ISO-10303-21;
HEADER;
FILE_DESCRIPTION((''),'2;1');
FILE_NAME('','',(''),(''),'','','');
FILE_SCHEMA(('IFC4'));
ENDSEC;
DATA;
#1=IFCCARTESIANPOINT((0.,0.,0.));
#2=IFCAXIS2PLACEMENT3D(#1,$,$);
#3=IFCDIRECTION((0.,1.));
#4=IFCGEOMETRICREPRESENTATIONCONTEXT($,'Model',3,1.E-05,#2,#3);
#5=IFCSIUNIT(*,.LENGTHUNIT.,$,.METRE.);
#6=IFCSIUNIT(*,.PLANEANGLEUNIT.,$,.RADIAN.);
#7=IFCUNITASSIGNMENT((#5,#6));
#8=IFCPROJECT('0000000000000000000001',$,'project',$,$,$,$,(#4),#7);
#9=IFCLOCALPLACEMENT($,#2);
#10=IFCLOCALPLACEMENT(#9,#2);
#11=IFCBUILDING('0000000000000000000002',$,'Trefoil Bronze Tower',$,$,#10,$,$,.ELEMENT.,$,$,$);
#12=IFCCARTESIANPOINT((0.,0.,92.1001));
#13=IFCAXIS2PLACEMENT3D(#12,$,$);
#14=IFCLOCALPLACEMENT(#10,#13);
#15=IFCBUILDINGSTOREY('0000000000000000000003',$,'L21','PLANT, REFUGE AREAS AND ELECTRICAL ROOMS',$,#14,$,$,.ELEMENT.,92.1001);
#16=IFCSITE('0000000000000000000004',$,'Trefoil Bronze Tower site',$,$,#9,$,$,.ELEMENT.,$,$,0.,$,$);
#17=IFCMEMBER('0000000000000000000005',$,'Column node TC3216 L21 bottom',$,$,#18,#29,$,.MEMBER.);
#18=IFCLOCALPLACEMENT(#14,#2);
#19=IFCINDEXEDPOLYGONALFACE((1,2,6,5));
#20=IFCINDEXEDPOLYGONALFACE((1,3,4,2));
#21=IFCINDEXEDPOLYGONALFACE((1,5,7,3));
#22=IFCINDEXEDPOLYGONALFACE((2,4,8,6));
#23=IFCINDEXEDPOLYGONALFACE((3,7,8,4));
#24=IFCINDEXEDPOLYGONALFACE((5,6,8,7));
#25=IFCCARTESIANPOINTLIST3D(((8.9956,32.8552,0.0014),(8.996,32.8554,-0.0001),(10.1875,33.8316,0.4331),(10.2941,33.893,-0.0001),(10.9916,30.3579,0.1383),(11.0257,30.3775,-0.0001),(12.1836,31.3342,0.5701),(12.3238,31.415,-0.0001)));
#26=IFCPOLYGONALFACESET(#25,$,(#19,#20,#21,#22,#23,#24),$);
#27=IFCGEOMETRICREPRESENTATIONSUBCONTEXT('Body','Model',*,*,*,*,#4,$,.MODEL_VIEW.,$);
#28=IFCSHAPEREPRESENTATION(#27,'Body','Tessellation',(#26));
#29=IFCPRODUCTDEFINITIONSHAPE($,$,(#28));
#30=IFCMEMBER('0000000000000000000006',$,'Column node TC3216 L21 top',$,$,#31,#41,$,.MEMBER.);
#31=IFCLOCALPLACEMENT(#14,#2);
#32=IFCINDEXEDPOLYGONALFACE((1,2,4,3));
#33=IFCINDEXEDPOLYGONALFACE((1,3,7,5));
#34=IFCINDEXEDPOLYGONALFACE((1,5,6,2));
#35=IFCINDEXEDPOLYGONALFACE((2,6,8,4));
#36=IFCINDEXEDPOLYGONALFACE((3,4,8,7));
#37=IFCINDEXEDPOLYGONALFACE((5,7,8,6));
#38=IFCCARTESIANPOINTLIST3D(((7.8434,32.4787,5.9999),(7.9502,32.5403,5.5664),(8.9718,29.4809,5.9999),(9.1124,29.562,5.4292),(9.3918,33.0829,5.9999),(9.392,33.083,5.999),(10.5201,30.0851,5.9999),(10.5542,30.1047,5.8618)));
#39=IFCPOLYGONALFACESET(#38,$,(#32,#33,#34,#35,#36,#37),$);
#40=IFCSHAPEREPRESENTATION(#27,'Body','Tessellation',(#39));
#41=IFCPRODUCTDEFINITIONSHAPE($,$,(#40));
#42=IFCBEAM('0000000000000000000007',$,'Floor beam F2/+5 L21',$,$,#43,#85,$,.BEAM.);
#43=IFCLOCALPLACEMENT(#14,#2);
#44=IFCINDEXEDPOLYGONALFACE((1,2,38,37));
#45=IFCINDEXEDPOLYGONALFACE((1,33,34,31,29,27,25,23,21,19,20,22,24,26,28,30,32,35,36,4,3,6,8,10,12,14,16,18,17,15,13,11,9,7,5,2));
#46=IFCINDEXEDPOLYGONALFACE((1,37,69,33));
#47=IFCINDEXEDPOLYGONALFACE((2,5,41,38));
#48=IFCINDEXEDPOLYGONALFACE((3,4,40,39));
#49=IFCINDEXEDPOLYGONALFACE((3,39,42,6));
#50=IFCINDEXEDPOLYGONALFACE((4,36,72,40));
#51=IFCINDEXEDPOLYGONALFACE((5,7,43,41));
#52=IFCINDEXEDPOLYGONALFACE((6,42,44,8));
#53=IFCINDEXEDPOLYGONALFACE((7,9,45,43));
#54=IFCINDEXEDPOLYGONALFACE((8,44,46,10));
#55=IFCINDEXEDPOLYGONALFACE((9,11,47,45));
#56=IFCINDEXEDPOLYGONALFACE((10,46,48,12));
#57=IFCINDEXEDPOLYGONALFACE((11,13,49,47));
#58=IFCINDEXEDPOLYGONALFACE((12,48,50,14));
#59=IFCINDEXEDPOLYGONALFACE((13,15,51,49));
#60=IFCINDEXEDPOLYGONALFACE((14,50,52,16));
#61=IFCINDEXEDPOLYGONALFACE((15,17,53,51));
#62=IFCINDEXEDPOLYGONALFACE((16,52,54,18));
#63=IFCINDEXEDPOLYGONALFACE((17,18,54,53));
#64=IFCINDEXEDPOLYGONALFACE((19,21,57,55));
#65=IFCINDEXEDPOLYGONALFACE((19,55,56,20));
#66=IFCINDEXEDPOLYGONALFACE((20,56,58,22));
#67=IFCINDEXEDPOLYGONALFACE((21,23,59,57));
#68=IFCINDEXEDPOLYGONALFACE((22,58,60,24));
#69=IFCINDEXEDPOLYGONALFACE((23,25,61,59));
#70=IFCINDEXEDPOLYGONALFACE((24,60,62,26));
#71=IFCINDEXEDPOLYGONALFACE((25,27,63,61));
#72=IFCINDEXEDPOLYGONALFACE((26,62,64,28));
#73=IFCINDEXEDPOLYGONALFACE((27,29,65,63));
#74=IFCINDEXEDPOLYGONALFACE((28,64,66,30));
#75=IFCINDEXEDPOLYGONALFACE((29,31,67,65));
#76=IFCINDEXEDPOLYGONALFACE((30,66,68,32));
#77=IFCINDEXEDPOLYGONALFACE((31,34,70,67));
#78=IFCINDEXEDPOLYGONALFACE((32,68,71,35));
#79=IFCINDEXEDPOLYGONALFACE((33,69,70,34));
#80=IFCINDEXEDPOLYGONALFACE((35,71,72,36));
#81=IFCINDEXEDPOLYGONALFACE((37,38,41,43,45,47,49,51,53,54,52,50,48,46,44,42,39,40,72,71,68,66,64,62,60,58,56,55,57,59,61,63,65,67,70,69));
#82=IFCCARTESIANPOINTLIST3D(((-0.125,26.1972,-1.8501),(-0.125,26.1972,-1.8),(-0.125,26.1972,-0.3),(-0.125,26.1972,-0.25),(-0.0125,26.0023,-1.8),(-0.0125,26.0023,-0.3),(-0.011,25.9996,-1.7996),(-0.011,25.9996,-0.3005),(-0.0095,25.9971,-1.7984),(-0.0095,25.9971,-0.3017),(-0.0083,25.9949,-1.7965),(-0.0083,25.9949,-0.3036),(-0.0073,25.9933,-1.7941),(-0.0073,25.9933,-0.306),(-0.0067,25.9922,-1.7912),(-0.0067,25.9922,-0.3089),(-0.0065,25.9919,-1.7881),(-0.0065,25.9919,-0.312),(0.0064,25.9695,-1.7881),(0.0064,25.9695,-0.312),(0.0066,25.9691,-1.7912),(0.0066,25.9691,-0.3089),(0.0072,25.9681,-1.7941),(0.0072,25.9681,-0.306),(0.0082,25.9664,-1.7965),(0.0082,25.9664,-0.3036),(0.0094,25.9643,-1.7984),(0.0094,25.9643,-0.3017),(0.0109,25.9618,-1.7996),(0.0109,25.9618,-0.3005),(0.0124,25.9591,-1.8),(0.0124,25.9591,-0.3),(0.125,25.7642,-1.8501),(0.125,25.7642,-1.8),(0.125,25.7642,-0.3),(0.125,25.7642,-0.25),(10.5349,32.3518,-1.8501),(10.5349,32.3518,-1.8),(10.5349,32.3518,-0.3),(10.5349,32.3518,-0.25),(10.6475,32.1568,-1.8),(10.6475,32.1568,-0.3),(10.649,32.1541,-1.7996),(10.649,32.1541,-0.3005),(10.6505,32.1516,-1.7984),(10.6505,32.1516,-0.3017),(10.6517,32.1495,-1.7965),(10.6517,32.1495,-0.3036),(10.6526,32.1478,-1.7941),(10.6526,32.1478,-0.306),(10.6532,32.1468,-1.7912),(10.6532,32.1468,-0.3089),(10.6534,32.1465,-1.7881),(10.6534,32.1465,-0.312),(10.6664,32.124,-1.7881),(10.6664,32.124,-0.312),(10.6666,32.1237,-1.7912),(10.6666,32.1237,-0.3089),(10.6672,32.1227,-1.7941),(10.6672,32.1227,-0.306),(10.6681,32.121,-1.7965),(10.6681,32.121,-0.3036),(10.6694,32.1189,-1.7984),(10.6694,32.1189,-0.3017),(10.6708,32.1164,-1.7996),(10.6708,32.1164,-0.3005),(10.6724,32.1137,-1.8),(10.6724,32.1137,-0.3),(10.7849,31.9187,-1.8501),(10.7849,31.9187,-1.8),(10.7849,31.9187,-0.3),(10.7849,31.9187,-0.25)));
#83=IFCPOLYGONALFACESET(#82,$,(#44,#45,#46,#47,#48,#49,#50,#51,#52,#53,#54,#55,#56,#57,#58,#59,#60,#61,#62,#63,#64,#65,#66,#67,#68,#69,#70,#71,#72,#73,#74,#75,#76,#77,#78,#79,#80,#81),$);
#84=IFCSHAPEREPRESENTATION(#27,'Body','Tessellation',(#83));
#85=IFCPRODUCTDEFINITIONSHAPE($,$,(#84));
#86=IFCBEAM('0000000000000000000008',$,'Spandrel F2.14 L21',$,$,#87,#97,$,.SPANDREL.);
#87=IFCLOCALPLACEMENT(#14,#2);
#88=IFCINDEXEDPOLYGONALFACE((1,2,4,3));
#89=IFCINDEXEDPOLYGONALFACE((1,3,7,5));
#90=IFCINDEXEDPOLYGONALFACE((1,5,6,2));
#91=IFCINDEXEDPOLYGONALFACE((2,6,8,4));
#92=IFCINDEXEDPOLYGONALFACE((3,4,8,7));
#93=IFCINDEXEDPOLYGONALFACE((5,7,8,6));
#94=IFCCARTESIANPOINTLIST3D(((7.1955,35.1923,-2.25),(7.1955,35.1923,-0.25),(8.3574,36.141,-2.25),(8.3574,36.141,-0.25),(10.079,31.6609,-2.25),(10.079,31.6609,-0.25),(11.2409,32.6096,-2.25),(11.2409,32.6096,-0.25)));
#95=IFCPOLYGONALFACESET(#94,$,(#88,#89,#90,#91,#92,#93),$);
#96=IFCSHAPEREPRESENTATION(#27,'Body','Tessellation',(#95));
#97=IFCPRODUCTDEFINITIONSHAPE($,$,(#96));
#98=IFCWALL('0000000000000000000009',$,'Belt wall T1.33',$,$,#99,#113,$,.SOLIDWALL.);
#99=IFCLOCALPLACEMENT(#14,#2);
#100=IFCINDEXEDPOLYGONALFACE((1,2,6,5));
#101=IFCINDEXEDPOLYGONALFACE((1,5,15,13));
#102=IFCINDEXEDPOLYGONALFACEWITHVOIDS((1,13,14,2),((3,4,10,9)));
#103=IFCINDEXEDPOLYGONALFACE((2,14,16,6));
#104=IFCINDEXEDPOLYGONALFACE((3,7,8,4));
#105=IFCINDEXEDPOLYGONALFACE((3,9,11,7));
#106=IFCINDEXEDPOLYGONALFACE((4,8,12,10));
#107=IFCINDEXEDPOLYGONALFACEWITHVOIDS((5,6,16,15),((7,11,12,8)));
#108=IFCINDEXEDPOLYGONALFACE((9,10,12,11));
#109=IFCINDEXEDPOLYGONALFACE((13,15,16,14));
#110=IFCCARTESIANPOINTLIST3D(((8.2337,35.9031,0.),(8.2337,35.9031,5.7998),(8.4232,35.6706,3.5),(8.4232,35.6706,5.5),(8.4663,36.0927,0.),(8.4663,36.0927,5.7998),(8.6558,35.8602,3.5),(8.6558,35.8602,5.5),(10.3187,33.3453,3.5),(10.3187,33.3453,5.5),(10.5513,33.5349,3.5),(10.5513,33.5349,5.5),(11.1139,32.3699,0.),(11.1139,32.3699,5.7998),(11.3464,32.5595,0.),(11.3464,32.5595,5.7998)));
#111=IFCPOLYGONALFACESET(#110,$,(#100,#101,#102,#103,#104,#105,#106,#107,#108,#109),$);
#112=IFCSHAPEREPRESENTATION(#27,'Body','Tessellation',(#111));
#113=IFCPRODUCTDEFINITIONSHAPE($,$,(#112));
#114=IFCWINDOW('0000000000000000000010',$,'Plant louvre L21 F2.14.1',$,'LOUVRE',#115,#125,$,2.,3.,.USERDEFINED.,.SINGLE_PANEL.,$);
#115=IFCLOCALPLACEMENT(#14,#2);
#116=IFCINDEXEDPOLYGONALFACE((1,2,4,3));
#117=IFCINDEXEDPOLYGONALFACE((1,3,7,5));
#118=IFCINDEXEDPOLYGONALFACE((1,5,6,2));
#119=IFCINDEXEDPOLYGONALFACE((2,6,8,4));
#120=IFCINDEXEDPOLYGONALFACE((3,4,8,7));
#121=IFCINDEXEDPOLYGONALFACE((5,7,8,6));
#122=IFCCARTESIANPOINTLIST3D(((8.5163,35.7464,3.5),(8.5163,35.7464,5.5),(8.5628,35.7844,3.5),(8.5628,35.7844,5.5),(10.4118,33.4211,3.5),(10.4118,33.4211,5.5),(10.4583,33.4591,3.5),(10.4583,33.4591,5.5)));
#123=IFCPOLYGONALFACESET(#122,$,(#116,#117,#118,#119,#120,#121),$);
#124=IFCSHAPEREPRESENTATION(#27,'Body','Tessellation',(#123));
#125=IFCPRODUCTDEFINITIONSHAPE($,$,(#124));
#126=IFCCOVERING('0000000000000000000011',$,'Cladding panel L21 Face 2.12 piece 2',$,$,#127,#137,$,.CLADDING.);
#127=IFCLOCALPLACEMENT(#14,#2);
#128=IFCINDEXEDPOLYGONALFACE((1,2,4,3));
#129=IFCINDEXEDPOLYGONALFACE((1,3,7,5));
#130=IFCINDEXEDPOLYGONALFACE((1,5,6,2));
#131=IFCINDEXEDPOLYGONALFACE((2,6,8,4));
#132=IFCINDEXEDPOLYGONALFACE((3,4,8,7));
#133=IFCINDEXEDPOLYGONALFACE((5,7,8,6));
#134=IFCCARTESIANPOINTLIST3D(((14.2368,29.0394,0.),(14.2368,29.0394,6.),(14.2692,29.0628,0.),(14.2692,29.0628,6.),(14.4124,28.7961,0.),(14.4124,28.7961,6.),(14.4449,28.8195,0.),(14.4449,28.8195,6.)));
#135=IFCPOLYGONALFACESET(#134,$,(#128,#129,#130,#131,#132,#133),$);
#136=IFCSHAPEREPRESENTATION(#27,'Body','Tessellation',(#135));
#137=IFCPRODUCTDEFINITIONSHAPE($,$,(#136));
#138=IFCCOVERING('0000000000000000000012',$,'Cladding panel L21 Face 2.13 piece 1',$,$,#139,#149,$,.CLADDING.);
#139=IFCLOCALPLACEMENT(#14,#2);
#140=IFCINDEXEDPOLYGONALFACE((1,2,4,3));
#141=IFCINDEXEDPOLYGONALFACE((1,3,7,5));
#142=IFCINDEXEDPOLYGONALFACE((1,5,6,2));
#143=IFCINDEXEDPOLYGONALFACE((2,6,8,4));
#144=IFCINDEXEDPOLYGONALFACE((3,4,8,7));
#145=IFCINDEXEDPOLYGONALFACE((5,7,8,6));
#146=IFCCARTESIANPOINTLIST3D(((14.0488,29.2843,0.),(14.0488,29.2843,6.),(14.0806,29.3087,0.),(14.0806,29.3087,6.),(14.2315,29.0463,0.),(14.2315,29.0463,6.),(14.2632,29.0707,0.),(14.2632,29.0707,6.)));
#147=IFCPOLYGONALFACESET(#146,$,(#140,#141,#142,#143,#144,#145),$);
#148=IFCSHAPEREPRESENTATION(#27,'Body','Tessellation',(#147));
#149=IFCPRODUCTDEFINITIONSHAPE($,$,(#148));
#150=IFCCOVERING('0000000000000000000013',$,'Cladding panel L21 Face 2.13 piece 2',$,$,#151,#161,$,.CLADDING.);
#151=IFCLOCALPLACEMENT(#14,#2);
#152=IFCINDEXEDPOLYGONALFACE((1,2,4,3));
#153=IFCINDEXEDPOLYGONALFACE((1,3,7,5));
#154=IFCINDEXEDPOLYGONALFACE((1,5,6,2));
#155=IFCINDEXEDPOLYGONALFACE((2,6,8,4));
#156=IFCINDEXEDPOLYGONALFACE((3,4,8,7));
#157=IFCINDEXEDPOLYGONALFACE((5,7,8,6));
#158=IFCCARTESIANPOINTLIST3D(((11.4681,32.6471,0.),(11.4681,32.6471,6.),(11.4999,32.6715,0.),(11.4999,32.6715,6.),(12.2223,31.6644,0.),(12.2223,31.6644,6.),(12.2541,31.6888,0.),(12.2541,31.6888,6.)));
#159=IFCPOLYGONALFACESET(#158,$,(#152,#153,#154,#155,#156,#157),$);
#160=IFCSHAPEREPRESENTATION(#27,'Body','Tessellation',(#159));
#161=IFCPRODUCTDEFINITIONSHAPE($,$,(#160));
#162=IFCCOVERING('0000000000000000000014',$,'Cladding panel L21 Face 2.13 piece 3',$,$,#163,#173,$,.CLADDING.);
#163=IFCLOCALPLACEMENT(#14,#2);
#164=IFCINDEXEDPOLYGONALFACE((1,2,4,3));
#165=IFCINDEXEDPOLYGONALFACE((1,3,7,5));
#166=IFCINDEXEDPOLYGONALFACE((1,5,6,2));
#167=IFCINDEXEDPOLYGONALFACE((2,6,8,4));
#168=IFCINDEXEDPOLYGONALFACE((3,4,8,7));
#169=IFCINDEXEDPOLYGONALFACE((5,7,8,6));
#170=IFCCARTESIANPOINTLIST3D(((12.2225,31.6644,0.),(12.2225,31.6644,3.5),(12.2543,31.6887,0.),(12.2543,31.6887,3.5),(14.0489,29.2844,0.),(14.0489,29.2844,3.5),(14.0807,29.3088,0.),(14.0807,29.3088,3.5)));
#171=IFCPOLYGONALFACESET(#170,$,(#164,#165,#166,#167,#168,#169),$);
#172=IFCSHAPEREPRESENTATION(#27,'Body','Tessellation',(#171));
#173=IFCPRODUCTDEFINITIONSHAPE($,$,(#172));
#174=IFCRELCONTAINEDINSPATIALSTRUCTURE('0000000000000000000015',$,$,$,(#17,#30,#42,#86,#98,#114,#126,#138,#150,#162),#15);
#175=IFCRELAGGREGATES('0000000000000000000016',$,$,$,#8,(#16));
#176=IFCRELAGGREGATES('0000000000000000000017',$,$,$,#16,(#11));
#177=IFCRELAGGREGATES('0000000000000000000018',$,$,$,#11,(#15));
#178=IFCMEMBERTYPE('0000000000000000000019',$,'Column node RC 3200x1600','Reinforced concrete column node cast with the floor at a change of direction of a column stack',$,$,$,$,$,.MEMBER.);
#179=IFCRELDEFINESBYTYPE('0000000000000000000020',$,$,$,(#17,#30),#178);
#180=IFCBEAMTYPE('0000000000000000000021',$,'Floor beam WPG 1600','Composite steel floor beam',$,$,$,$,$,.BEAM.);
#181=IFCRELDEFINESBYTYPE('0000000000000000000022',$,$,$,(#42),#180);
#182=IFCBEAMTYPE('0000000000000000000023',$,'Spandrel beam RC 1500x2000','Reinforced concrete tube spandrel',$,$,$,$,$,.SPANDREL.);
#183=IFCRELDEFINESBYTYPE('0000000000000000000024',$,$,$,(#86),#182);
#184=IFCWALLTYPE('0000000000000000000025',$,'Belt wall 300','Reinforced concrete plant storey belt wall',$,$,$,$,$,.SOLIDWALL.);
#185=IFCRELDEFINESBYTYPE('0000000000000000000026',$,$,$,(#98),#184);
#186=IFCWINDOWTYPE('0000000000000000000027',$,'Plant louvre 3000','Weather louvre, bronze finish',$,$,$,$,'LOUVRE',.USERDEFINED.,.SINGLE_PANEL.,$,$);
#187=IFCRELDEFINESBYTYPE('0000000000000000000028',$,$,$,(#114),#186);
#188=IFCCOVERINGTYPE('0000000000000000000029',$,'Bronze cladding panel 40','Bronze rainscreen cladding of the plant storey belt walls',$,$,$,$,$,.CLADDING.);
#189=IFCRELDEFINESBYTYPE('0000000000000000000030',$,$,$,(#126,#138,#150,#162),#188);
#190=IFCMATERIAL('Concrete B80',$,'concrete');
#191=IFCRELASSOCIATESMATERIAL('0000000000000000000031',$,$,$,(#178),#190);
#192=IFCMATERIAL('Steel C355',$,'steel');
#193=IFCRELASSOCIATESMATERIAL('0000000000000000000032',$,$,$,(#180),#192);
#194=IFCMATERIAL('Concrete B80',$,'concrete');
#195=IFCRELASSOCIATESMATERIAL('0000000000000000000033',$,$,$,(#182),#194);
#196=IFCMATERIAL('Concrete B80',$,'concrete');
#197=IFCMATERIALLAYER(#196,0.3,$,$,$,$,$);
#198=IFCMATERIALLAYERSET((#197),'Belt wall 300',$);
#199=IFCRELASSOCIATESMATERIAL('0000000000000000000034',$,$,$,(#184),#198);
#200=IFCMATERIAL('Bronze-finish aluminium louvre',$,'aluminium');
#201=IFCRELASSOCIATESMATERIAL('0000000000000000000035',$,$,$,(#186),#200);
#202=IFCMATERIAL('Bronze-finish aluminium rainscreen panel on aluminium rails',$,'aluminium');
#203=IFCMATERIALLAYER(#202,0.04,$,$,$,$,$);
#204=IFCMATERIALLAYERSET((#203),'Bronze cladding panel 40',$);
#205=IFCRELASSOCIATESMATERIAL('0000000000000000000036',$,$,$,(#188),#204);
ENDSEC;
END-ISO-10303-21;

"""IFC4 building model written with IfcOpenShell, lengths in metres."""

from ifc_helpers import new_model, si_unit, direction, frame, frame_2d, origin, origin_2d, place, context, subcontext, project, spatial, rectangle, i_section, extrude, clip, halfspace, material, layer, layer_set, material_profile, profile_set, type_object, element, fill, save


model = new_model("IFC4")

# Units and contexts
model_context = context("Model", 3, precision=1e-05, world=origin(), true_north=direction((0.0, 1.0)))
body_context = subcontext(model_context, "Body", "Model", "MODEL_VIEW")
ifc_project = project(units=[si_unit("LENGTHUNIT", "METRE"), si_unit("PLANEANGLEUNIT", "RADIAN")], contexts=[model_context])

# Site, building, storey
site_placement = place(None, origin())
site = spatial("IfcSite", under=ifc_project, at=site_placement, Name="Trefoil Bronze Tower site", CompositionType="ELEMENT", RefElevation=0.0)
building_placement = place(site_placement, origin())
building = spatial("IfcBuilding", under=site, at=building_placement, Name="Trefoil Bronze Tower", CompositionType="ELEMENT")
storey_placement = place(building_placement, frame((0.0, 0.0, 92.1001)))
storey = spatial("IfcBuildingStorey", under=building, at=storey_placement, Name="L21", Description="PLANT, REFUGE AREAS AND ELECTRICAL ROOMS", CompositionType="ELEMENT", Elevation=92.1001)

# Members
ifc_material_1 = material(Name="Concrete B80", Category="concrete")
ifc_material_profile_1 = material_profile(ifc_material_1, rectangle(XDim=3.2, YDim=1.6001, at=origin_2d()), Name="RC 3200x1600")
ifc_profile_set_1 = profile_set([ifc_material_profile_1], Name="Concrete B80")
member_type = type_object("IfcMemberType", Name="Column node RC 3200x1600", Description="Reinforced concrete column node cast with the floor at a change of direction of a column stack", PredefinedType="MEMBER", material=ifc_profile_set_1)
member_1_placement = place(storey_placement, frame((10.7302, 32.1758, -0.2859), z_axis=(-0.236689, -0.136425, 0.96196), x_axis=(-0.623765, 0.78044, -0.042795)))
element("IfcMember", 1, at=member_1_placement, inside=storey, type_object=member_type, Name="Column node TC3216 L21 bottom", PredefinedType="MEMBER", context=body_context, shape_type="Clipping", body=[
    clip(extrude(rectangle(XDim=3.2, YDim=1.6001, at=origin_2d()), origin(), (0.0, 0.0, 1.0), 0.5942), halfspace(frame((0.0, 0.0, 0.2971), z_axis=(-0.042795, -0.269818, 0.96196), x_axis=(0.0, 0.962842, 0.270066)), True)),
])
member_2_placement = place(storey_placement, frame((9.1113, 31.2412, 6.2856), z_axis=(0.237063, 0.136815, -0.961812), x_axis=(0.363188, -0.930729, -0.042876)))
element("IfcMember", 2, at=member_2_placement, inside=storey, type_object=member_type, Name="Column node TC3216 L21 top", PredefinedType="MEMBER", context=body_context, shape_type="Clipping", body=[
    clip(extrude(rectangle(XDim=3.2, YDim=1.6001, at=origin_2d()), origin(), (0.0, 0.0, 1.0), 0.5942), halfspace(frame((0.0, 0.0, 0.2971), z_axis=(0.042876, 0.270331, 0.961812), x_axis=(0.0, 0.962697, -0.27058)), True)),
])

# Beams
ifc_material_2 = material(Name="Steel C355", Category="steel")
ifc_material_profile_2 = material_profile(ifc_material_2, i_section(OverallWidth=0.5, OverallDepth=1.6001, WebThickness=0.0259, FlangeThickness=0.05, FilletRadius=0.012, at=origin_2d()), Name="WPG 1600")
ifc_profile_set_2 = profile_set([ifc_material_profile_2], Name="Steel C355")
beam_type_1 = type_object("IfcBeamType", Name="Floor beam WPG 1600", Description="Composite steel floor beam", PredefinedType="BEAM", material=ifc_profile_set_2)
beam_1_placement = place(storey_placement, frame((10.6599, 32.1353, -1.05), z_axis=(-0.866024, -0.500002, 0.0), x_axis=(0.500002, -0.866024, 0.0)))
element("IfcBeam", 3, at=beam_1_placement, inside=storey, type_object=beam_type_1, Name="Floor beam F2/+5 L21", PredefinedType="BEAM", context=body_context, shape_type="SweptSolid", body=[
    extrude(i_section(OverallWidth=0.5, OverallDepth=1.6001, WebThickness=0.0259, FlangeThickness=0.05, FilletRadius=0.012, at=origin_2d()), origin(), (0.0, 0.0, 1.0), 12.3091),
])
ifc_material_3 = material(Name="Concrete B80", Category="concrete")
ifc_material_profile_3 = material_profile(ifc_material_3, rectangle(XDim=1.5, YDim=2.0, at=origin_2d()), Name="RC 1500x2000")
ifc_profile_set_3 = profile_set([ifc_material_profile_3], Name="Concrete B80")
beam_type_2 = type_object("IfcBeamType", Name="Spandrel beam RC 1500x2000", Description="Reinforced concrete tube spandrel", PredefinedType="SPANDREL", material=ifc_profile_set_3)
beam_2_placement = place(storey_placement, frame((10.6599, 32.1353, -1.25), z_axis=(-0.632468, 0.774587, 0.0), x_axis=(-0.774587, -0.632468, 0.0)))
element("IfcBeam", 4, at=beam_2_placement, inside=storey, type_object=beam_type_2, Name="Spandrel F2.14 L21", PredefinedType="SPANDREL", context=body_context, shape_type="SweptSolid", body=[
    extrude(rectangle(XDim=1.5, YDim=2.0, at=origin_2d()), origin(), (0.0, 0.0, 1.0), 4.5591),
])

# Wall, opening, window
ifc_material_4 = material(Name="Concrete B80", Category="concrete")
ifc_layer_1 = layer(ifc_material_4, 0.3)
ifc_layer_set_1 = layer_set([ifc_layer_1], Name="Belt wall 300")
wall_type = type_object("IfcWallType", Name="Belt wall 300", Description="Reinforced concrete plant storey belt wall", PredefinedType="SOLIDWALL", material=ifc_layer_set_1)
wall_placement = place(storey_placement, frame((11.2302, 32.4646, 0.0), z_axis=(0.0, 0.0, 1.0), x_axis=(-0.631834, 0.775104, 0.0)))
wall = element("IfcWall", 5, at=wall_placement, inside=storey, type_object=wall_type, Name="Belt wall T1.33", PredefinedType="SOLIDWALL", context=body_context, shape_type="SweptSolid", body=[
    extrude(rectangle(XDim=4.5583, YDim=0.3, at=frame_2d((2.2793, 0.0))), origin(), (0.0, 0.0, 1.0), 5.7998),
])
opening_placement = place(wall_placement, frame((1.2585, 0.0, 3.5)))
opening = element("IfcOpeningElement", 6, at=opening_placement, cuts=wall, PredefinedType="OPENING", context=body_context, shape_type="SweptSolid", body=[
    extrude(rectangle(XDim=3.0, YDim=2.0, at=frame_2d((1.5, 1.0))), frame((0.0, 0.1599, 0.0), z_axis=(0.0, -1.0, 0.0), x_axis=(1.0, 0.0, 0.0)), (0.0, 0.0, 1.0), 0.3201),
])
ifc_material_5 = material(Name="Bronze-finish aluminium louvre", Category="aluminium")
window_type = type_object("IfcWindowType", Name="Plant louvre 3000", Description="Weather louvre, bronze finish", ElementType="LOUVRE", PartitioningType="SINGLE_PANEL", PredefinedType="USERDEFINED", material=ifc_material_5)
window_placement = place(opening_placement, origin())
window = element("IfcWindow", 7, at=window_placement, inside=storey, type_object=window_type, Name="Plant louvre L21 F2.14.1", ObjectType="LOUVRE", OverallHeight=2.0, OverallWidth=3.0, PartitioningType="SINGLE_PANEL", PredefinedType="USERDEFINED", context=body_context, shape_type="SweptSolid", body=[
    extrude(rectangle(XDim=3.0, YDim=2.0, at=frame_2d((1.5, 1.0))), frame((0.0, 0.03, 0.0), z_axis=(0.0, -1.0, 0.0), x_axis=(1.0, 0.0, 0.0)), (0.0, 0.0, 1.0), 0.0601),
])
fill(opening, window)

# Coverings
ifc_material_6 = material(Name="Bronze-finish aluminium rainscreen panel on aluminium rails", Category="aluminium")
ifc_layer_2 = layer(ifc_material_6, 0.04)
ifc_layer_set_2 = layer_set([ifc_layer_2], Name="Bronze cladding panel 40")
covering_type_1 = type_object("IfcCoveringType", Name="Bronze cladding panel 40", Description="Bronze rainscreen cladding of the plant storey belt walls", PredefinedType="CLADDING", material=ifc_layer_set_2)
for number, where, z_axis, x_axis, name in (
    (8, (14.3408, 28.9294, 0.0), (0.0, 0.0, 1.0), (-0.585373, 0.810764, 0.0), "Cladding panel L21 Face 2.12 piece 2"),
    (9, (14.156, 29.1775, 0.0), (0.0, 0.0, 1.0), (-0.608808, 0.793318, 0.0), "Cladding panel L21 Face 2.13 piece 1"),
):
    element("IfcCovering", number, at=place(storey_placement, frame(where, z_axis=z_axis, x_axis=x_axis)), inside=storey, type_object=covering_type_1, Name=name, PredefinedType="CLADDING", context=body_context, shape_type="SweptSolid", body=[
        extrude(rectangle(XDim=0.3, YDim=0.04, at=origin_2d()), origin(), (0.0, 0.0, 1.0), 6.0),
    ])
covering_1_placement = place(storey_placement, frame((11.8611, 32.168, 0.0), z_axis=(0.0, 0.0, 1.0), x_axis=(-0.608808, 0.793318, 0.0)))
element("IfcCovering", 10, at=covering_1_placement, inside=storey, type_object=covering_type_1, Name="Cladding panel L21 Face 2.13 piece 2", PredefinedType="CLADDING", context=body_context, shape_type="SweptSolid", body=[
    extrude(rectangle(XDim=1.2388, YDim=0.04, at=origin_2d()), origin(), (0.0, 0.0, 1.0), 6.0),
])
covering_2_placement = place(storey_placement, frame((13.1516, 30.4866, 0.0), z_axis=(0.0, 0.0, 1.0), x_axis=(-0.608808, 0.793318, 0.0)))
element("IfcCovering", 11, at=covering_2_placement, inside=storey, type_object=covering_type_1, Name="Cladding panel L21 Face 2.13 piece 3", PredefinedType="CLADDING", context=body_context, shape_type="SweptSolid", body=[
    extrude(rectangle(XDim=3.0, YDim=0.04, at=origin_2d()), origin(), (0.0, 0.0, 1.0), 3.5),
])

save(model, "model.ifc")
